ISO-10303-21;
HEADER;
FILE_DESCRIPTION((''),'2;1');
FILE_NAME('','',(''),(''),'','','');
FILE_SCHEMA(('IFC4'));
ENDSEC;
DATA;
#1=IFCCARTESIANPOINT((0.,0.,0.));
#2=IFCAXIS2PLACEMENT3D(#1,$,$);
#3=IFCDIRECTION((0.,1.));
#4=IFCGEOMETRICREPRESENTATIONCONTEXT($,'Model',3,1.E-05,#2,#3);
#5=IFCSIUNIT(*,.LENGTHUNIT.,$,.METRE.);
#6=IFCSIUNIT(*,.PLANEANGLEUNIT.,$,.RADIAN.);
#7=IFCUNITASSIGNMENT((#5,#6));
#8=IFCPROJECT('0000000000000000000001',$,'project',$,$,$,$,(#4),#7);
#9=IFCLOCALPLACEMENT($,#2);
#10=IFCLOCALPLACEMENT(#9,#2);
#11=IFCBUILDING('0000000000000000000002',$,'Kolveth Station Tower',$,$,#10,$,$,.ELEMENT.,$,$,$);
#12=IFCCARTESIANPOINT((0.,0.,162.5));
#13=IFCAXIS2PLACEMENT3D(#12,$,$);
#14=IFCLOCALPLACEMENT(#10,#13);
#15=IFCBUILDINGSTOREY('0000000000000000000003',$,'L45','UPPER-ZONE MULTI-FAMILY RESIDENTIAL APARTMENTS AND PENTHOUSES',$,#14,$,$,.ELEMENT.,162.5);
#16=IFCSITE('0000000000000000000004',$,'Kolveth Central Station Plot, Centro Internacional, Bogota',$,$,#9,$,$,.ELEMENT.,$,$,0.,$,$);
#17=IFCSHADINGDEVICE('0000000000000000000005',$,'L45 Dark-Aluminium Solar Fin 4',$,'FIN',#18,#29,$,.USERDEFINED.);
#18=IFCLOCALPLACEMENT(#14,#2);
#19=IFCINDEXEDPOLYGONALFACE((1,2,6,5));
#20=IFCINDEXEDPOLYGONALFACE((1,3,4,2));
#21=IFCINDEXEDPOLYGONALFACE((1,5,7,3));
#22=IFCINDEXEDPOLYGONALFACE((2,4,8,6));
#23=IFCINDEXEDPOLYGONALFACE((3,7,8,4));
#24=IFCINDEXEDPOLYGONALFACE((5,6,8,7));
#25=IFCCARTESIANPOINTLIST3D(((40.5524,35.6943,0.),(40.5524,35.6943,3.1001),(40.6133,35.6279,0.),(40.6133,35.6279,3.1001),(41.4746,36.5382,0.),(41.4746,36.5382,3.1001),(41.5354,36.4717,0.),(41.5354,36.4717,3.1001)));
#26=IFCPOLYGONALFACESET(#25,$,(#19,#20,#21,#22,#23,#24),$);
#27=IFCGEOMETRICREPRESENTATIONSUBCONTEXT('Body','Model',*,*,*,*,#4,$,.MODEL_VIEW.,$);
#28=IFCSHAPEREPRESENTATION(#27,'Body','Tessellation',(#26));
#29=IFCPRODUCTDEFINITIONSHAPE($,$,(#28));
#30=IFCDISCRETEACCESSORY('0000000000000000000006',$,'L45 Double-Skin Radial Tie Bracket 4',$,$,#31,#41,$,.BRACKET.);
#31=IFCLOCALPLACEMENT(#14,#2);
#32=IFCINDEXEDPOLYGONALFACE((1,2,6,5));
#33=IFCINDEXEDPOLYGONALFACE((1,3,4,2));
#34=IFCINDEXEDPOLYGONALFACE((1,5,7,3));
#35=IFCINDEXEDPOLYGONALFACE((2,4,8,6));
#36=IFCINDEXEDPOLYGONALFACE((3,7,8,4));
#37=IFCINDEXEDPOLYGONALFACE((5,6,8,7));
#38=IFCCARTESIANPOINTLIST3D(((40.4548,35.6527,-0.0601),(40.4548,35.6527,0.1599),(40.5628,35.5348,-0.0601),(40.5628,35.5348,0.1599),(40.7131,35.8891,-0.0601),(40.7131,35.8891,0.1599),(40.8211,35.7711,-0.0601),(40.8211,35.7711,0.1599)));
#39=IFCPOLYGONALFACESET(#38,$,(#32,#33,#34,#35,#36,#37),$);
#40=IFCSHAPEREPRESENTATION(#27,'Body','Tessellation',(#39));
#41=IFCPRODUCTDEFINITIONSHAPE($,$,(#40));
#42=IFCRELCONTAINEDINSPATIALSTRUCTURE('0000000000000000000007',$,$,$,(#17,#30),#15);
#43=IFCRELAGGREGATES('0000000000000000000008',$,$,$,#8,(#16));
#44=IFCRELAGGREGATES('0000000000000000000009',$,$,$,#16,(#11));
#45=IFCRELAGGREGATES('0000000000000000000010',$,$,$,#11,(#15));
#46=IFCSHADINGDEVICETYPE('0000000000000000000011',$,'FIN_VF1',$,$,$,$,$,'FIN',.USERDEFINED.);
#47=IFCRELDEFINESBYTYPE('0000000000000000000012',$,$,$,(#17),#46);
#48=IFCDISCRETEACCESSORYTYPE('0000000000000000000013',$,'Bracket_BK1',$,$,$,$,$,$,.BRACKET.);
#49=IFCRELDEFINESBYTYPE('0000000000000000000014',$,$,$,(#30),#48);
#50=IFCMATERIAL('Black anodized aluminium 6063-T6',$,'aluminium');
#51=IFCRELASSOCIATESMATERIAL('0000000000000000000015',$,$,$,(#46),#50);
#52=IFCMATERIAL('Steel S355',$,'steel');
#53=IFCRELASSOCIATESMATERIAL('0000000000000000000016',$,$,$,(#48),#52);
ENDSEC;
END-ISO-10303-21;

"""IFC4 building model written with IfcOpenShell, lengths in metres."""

from ifc_helpers import new_model, si_unit, direction, frame, origin, origin_2d, place, context, subcontext, project, spatial, rectangle, extrude, source, transform, mapped, material, type_object, element, save


model = new_model("IFC4")

# Units and contexts
model_context = context("Model", 3, precision=1e-05, world=origin(), true_north=direction((0.0, 1.0)))
body_context = subcontext(model_context, "Body", "Model", "MODEL_VIEW")
ifc_project = project(units=[si_unit("LENGTHUNIT", "METRE"), si_unit("PLANEANGLEUNIT", "RADIAN")], contexts=[model_context])

# Site, building, storey
site_placement = place(None, origin())
site = spatial("IfcSite", under=ifc_project, at=site_placement, Name="Kolveth Central Station Plot, Centro Internacional, Bogota", CompositionType="ELEMENT", RefElevation=0.0)
building_placement = place(site_placement, origin())
building = spatial("IfcBuilding", under=site, at=building_placement, Name="Kolveth Station Tower", CompositionType="ELEMENT")
storey_placement = place(building_placement, frame((0.0, 0.0, 162.5)))
storey = spatial("IfcBuildingStorey", under=building, at=storey_placement, Name="L45", Description="UPPER-ZONE MULTI-FAMILY RESIDENTIAL APARTMENTS AND PENTHOUSES", CompositionType="ELEMENT", Elevation=162.5)

# Shared definitions
ifc_material_1 = material(Name="Black anodized aluminium 6063-T6", Category="aluminium")

# Shading device
shading_device_type = type_object("IfcShadingDeviceType", Name="FIN_VF1", ElementType="FIN", PredefinedType="USERDEFINED", material=ifc_material_1)
shared_shape_1 = source(origin(), body_context, "Body", "SweptSolid", [
    extrude(rectangle(XDim=1.25, YDim=0.0901, at=origin_2d()), origin(), (0.0, 0.0, 1.0), 3.1001),
])
for number, where, z_axis, x_axis, name in (
    (1, (41.0439, 36.083, 0.0), (0.0, 0.0, 1.0), (0.737749, 0.675075, 0.0), "L45 Dark-Aluminium Solar Fin 4"),
):
    element("IfcShadingDevice", number, at=place(storey_placement, frame(where, z_axis=z_axis, x_axis=x_axis)), inside=storey, type_object=shading_device_type, Name=name, ObjectType="FIN", PredefinedType="USERDEFINED", context=body_context, shape_type="MappedRepresentation", body=[
        mapped(shared_shape_1, transform((0.0, 0.0, 0.0), x_axis=(1.0, 0.0, 0.0), y_axis=(0.0, 1.0, 0.0), z_axis=(0.0, 0.0, 1.0), scale=1.0)),
    ])

# Discrete accessory
ifc_material_2 = material(Name="Steel S355", Category="steel")
discrete_accessory_type = type_object("IfcDiscreteAccessoryType", Name="Bracket_BK1", PredefinedType="BRACKET", material=ifc_material_2)
shared_shape_2 = source(origin(), body_context, "Body", "SweptSolid", [
    extrude(rectangle(XDim=0.3501, YDim=0.1599, at=origin_2d()), origin(), (0.0, 0.0, 1.0), 0.22),
])
discrete_accessory_placement = place(storey_placement, frame((40.6379, 35.7119, -0.0601), z_axis=(0.0, 0.0, 1.0), x_axis=(0.737749, 0.675075, 0.0)))
element("IfcDiscreteAccessory", 2, at=discrete_accessory_placement, inside=storey, type_object=discrete_accessory_type, Name="L45 Double-Skin Radial Tie Bracket 4", PredefinedType="BRACKET", context=body_context, shape_type="MappedRepresentation", body=[
    mapped(shared_shape_2, transform((0.0, 0.0, 0.0), x_axis=(1.0, 0.0, 0.0), y_axis=(0.0, 1.0, 0.0), z_axis=(0.0, 0.0, 1.0), scale=1.0)),
])

save(model, "model.ifc")
